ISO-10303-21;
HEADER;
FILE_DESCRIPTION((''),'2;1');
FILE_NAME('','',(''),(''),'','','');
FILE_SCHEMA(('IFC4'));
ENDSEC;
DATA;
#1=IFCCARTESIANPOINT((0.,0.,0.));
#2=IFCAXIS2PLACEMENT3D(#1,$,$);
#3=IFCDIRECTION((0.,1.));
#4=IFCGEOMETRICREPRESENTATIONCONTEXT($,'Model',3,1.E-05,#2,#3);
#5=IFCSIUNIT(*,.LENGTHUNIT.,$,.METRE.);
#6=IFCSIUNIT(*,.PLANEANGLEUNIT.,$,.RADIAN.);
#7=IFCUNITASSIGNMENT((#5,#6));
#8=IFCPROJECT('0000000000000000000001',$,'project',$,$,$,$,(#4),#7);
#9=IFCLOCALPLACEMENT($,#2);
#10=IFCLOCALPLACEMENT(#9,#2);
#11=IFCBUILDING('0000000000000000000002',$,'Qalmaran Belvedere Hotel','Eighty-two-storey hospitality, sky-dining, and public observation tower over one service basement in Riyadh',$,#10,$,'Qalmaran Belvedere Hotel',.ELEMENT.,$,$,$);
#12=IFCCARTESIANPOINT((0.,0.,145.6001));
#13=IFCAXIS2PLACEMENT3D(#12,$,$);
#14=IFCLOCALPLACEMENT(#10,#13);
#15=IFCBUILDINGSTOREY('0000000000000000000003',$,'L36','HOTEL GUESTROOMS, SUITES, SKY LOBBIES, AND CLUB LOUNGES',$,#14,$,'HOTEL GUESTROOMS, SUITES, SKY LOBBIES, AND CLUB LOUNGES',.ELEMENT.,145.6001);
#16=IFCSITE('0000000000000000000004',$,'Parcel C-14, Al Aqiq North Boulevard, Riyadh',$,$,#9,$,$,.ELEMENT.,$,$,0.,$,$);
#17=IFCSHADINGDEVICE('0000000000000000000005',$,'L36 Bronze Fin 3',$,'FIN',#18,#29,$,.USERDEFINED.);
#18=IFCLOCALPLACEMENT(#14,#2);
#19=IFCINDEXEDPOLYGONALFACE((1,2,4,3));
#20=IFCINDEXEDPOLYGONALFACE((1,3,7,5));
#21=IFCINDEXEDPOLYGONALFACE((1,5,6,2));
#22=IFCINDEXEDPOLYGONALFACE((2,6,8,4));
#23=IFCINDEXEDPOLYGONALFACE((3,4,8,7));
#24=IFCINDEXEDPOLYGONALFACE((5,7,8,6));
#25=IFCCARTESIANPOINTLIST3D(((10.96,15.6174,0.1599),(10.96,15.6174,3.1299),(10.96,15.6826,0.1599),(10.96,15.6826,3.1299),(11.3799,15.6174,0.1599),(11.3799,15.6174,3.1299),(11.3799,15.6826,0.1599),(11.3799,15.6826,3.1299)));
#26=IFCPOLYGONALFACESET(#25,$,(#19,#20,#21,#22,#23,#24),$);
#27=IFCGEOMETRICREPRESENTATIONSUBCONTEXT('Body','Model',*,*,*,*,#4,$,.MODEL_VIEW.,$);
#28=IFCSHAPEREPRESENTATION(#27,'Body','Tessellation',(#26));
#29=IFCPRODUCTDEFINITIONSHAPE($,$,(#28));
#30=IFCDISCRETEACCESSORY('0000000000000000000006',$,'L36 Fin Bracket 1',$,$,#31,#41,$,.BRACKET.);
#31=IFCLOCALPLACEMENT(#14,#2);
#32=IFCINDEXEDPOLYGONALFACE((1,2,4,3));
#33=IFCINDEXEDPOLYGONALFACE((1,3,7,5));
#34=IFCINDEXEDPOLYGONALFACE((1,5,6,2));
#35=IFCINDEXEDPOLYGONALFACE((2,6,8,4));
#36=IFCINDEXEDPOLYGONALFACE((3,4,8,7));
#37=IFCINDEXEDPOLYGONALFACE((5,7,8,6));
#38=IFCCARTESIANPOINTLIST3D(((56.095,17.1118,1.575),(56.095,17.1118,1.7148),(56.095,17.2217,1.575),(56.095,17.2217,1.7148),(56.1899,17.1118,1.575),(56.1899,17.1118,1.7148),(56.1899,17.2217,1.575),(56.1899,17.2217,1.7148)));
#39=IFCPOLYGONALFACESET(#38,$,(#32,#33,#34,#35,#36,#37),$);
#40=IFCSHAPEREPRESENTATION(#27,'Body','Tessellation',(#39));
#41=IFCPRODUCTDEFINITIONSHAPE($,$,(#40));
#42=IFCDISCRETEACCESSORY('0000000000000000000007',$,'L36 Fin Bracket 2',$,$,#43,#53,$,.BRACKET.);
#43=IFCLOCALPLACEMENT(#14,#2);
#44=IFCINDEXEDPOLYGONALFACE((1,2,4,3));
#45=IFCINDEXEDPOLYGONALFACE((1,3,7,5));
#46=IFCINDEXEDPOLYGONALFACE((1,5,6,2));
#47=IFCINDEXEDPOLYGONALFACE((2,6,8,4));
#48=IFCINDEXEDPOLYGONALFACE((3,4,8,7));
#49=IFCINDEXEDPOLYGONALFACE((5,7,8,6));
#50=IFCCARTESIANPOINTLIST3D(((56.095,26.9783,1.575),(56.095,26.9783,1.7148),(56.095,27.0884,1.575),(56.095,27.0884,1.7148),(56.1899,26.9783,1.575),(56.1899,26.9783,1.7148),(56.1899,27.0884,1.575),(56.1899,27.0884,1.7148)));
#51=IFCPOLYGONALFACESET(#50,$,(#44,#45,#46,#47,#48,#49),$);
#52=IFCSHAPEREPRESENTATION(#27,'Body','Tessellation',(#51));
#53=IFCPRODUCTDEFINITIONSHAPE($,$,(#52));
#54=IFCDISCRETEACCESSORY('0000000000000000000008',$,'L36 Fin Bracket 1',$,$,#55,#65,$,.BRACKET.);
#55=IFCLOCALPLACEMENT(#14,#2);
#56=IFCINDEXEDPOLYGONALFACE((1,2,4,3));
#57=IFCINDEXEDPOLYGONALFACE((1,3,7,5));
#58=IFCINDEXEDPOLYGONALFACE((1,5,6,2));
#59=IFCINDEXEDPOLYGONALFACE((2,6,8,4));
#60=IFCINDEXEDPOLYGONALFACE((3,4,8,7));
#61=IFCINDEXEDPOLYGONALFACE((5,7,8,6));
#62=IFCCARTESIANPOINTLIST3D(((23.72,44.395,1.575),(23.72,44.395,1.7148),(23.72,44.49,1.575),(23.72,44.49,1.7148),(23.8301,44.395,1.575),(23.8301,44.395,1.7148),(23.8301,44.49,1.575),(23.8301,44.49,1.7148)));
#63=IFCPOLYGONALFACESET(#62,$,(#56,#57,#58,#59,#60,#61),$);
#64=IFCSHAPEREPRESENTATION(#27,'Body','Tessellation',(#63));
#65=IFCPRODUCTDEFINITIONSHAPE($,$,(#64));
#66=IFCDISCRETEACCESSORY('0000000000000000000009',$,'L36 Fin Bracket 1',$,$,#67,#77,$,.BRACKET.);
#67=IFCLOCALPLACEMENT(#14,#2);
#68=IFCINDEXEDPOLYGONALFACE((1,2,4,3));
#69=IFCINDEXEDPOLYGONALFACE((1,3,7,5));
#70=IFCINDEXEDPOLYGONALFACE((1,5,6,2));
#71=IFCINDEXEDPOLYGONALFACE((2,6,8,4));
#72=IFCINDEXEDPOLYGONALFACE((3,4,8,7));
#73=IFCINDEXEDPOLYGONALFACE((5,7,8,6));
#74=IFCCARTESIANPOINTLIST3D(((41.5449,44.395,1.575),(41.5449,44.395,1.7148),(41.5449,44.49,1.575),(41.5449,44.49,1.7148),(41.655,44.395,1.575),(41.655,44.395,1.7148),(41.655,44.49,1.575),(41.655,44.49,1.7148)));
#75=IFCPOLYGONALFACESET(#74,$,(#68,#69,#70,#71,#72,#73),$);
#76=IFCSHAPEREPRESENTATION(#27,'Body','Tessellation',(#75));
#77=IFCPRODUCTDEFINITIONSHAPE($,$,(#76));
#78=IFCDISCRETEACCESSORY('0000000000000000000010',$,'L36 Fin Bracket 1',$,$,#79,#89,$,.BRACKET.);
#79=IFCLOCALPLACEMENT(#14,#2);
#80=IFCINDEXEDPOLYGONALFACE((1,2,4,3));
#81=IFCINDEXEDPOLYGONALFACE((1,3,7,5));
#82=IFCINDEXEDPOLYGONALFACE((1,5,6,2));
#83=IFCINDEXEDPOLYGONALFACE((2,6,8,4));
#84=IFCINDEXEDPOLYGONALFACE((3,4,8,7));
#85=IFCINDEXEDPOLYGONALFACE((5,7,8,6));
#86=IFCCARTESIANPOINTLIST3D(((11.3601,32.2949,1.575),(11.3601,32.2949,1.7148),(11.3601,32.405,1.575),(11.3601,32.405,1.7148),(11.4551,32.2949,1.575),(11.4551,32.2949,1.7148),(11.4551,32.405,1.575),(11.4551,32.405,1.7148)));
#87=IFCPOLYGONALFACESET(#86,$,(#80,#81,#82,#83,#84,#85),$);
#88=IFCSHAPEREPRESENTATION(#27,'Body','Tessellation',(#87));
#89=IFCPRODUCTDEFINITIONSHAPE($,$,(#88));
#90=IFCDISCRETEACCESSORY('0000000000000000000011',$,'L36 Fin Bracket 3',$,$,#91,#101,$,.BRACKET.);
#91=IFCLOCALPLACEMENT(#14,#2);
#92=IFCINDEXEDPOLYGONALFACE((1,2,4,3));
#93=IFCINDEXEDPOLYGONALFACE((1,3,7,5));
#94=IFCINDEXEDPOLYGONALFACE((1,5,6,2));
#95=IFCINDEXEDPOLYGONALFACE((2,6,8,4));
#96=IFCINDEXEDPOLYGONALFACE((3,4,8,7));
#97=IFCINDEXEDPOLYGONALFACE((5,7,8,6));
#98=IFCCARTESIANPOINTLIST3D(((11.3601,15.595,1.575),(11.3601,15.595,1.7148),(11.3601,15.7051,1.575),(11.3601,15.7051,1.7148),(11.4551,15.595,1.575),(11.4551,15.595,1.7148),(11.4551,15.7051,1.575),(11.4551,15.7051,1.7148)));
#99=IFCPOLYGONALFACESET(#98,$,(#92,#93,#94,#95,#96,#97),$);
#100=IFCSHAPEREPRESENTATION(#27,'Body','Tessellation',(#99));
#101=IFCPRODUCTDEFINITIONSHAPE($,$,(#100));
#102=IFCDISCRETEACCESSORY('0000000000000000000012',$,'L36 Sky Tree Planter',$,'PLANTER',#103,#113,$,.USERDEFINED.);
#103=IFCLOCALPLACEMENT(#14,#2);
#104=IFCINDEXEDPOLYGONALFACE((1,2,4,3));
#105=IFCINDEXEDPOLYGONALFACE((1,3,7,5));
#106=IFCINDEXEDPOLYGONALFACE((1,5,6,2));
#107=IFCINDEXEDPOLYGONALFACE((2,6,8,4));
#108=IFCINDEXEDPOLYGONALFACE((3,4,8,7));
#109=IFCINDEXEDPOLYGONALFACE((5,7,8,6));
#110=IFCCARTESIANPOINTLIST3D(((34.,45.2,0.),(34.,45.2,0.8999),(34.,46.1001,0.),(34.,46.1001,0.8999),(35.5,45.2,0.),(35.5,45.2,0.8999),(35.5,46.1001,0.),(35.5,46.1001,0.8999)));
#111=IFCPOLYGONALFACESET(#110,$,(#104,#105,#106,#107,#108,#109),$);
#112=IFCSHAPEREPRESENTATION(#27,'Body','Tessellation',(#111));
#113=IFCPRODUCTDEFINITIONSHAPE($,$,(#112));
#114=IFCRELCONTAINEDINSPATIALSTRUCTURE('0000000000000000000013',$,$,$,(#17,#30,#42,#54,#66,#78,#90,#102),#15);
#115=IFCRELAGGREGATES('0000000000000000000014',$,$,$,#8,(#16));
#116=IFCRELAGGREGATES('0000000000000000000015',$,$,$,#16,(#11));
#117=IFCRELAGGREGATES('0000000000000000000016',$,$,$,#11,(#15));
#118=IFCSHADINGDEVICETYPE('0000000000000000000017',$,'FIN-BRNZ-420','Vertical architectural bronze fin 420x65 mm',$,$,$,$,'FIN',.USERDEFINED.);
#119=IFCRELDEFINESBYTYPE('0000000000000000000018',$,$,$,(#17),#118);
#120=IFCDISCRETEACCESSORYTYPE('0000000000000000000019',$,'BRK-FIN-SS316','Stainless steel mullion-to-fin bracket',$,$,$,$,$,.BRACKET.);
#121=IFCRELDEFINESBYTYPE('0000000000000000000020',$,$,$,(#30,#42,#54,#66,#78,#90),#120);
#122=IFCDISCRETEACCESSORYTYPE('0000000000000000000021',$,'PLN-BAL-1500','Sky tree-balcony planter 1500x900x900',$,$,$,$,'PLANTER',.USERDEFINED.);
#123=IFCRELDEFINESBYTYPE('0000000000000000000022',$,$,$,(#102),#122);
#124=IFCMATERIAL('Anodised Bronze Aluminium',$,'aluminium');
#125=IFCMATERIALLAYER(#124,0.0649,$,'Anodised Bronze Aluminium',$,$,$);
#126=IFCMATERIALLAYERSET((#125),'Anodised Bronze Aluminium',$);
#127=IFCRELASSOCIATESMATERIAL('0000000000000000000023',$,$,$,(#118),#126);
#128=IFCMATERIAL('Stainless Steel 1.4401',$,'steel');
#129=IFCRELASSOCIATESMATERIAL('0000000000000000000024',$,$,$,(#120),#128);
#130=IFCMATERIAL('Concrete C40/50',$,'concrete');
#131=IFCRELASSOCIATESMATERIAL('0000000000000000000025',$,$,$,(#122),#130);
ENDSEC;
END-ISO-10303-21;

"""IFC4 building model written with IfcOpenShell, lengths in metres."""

from ifc_helpers import new_model, si_unit, direction, frame, origin, place, context, subcontext, project, spatial, polyline, outline, extrude, material, layer, layer_set, type_object, element, save


model = new_model("IFC4")

# Units and contexts
model_context = context("Model", 3, precision=1e-05, world=origin(), true_north=direction((0.0, 1.0)))
body_context = subcontext(model_context, "Body", "Model", "MODEL_VIEW")
ifc_project = project(units=[si_unit("LENGTHUNIT", "METRE"), si_unit("PLANEANGLEUNIT", "RADIAN")], contexts=[model_context])

# Site, building, storey
site_placement = place(None, origin())
site = spatial("IfcSite", under=ifc_project, at=site_placement, Name="Parcel C-14, Al Aqiq North Boulevard, Riyadh", CompositionType="ELEMENT", RefElevation=0.0)
building_placement = place(site_placement, origin())
building = spatial("IfcBuilding", under=site, at=building_placement, Name="Qalmaran Belvedere Hotel", Description="Eighty-two-storey hospitality, sky-dining, and public observation tower over one service basement in Riyadh", LongName="Qalmaran Belvedere Hotel", CompositionType="ELEMENT")
storey_placement = place(building_placement, frame((0.0, 0.0, 145.6001)))
storey = spatial("IfcBuildingStorey", under=building, at=storey_placement, Name="L36", Description="HOTEL GUESTROOMS, SUITES, SKY LOBBIES, AND CLUB LOUNGES", LongName="HOTEL GUESTROOMS, SUITES, SKY LOBBIES, AND CLUB LOUNGES", CompositionType="ELEMENT", Elevation=145.6001)

# Shared definitions
ifc_material_1 = material(Name="Anodised Bronze Aluminium", Category="aluminium")

# Shared definitions
ifc_material_2 = material(Name="Concrete C40/50", Category="concrete")

# Shading device
ifc_layer_1 = layer(ifc_material_1, 0.0649, Name="Anodised Bronze Aluminium")
ifc_layer_set_1 = layer_set([ifc_layer_1], Name="Anodised Bronze Aluminium")
shading_device_type = type_object("IfcShadingDeviceType", Name="FIN-BRNZ-420", Description="Vertical architectural bronze fin 420x65 mm", ElementType="FIN", PredefinedType="USERDEFINED", material=ifc_layer_set_1)
shading_device_1_placement = place(storey_placement, frame((0.0, 0.0, 0.1599)))
element("IfcShadingDevice", 1, at=shading_device_1_placement, inside=storey, type_object=shading_device_type, Name="L36 Bronze Fin 3", ObjectType="FIN", PredefinedType="USERDEFINED", context=body_context, shape_type="SweptSolid", body=[
    extrude(outline(polyline([(11.3799, 15.6826), (10.96, 15.6826), (10.96, 15.6174), (11.3799, 15.6174), (11.3799, 15.6826)])), origin(), (0.0, 0.0, 1.0), 2.97),
])

# Discrete accessories
ifc_material_3 = material(Name="Stainless Steel 1.4401", Category="steel")
discrete_accessory_type_1 = type_object("IfcDiscreteAccessoryType", Name="BRK-FIN-SS316", Description="Stainless steel mullion-to-fin bracket", PredefinedType="BRACKET", material=ifc_material_3)
discrete_accessory_1_placement = place(storey_placement, frame((0.0, 0.0, 1.575)))
element("IfcDiscreteAccessory", 2, at=discrete_accessory_1_placement, inside=storey, type_object=discrete_accessory_type_1, Name="L36 Fin Bracket 1", PredefinedType="BRACKET", context=body_context, shape_type="SweptSolid", body=[
    extrude(outline(polyline([(56.095, 17.1118), (56.1899, 17.1118), (56.1899, 17.2217), (56.095, 17.2217), (56.095, 17.1118)])), origin(), (0.0, 0.0, 1.0), 0.1399),
])
discrete_accessory_2_placement = place(storey_placement, frame((0.0, 0.0, 1.575)))
element("IfcDiscreteAccessory", 3, at=discrete_accessory_2_placement, inside=storey, type_object=discrete_accessory_type_1, Name="L36 Fin Bracket 2", PredefinedType="BRACKET", context=body_context, shape_type="SweptSolid", body=[
    extrude(outline(polyline([(56.095, 26.9783), (56.1899, 26.9783), (56.1899, 27.0884), (56.095, 27.0884), (56.095, 26.9783)])), origin(), (0.0, 0.0, 1.0), 0.1399),
])
discrete_accessory_3_placement = place(storey_placement, frame((0.0, 0.0, 1.575)))
element("IfcDiscreteAccessory", 4, at=discrete_accessory_3_placement, inside=storey, type_object=discrete_accessory_type_1, Name="L36 Fin Bracket 1", PredefinedType="BRACKET", context=body_context, shape_type="SweptSolid", body=[
    extrude(outline(polyline([(23.8301, 44.395), (23.8301, 44.49), (23.72, 44.49), (23.72, 44.395), (23.8301, 44.395)])), origin(), (0.0, 0.0, 1.0), 0.1399),
])
discrete_accessory_4_placement = place(storey_placement, frame((0.0, 0.0, 1.575)))
element("IfcDiscreteAccessory", 5, at=discrete_accessory_4_placement, inside=storey, type_object=discrete_accessory_type_1, Name="L36 Fin Bracket 1", PredefinedType="BRACKET", context=body_context, shape_type="SweptSolid", body=[
    extrude(outline(polyline([(41.655, 44.395), (41.655, 44.49), (41.5449, 44.49), (41.5449, 44.395), (41.655, 44.395)])), origin(), (0.0, 0.0, 1.0), 0.1399),
])
discrete_accessory_5_placement = place(storey_placement, frame((0.0, 0.0, 1.575)))
element("IfcDiscreteAccessory", 6, at=discrete_accessory_5_placement, inside=storey, type_object=discrete_accessory_type_1, Name="L36 Fin Bracket 1", PredefinedType="BRACKET", context=body_context, shape_type="SweptSolid", body=[
    extrude(outline(polyline([(11.4551, 32.405), (11.3601, 32.405), (11.3601, 32.2949), (11.4551, 32.2949), (11.4551, 32.405)])), origin(), (0.0, 0.0, 1.0), 0.1399),
])
discrete_accessory_6_placement = place(storey_placement, frame((0.0, 0.0, 1.575)))
element("IfcDiscreteAccessory", 7, at=discrete_accessory_6_placement, inside=storey, type_object=discrete_accessory_type_1, Name="L36 Fin Bracket 3", PredefinedType="BRACKET", context=body_context, shape_type="SweptSolid", body=[
    extrude(outline(polyline([(11.4551, 15.7051), (11.3601, 15.7051), (11.3601, 15.595), (11.4551, 15.595), (11.4551, 15.7051)])), origin(), (0.0, 0.0, 1.0), 0.1399),
])
discrete_accessory_type_2 = type_object("IfcDiscreteAccessoryType", Name="PLN-BAL-1500", Description="Sky tree-balcony planter 1500x900x900", ElementType="PLANTER", PredefinedType="USERDEFINED", material=ifc_material_2)
discrete_accessory_7_placement = place(storey_placement, origin())
element("IfcDiscreteAccessory", 8, at=discrete_accessory_7_placement, inside=storey, type_object=discrete_accessory_type_2, Name="L36 Sky Tree Planter", ObjectType="PLANTER", PredefinedType="USERDEFINED", context=body_context, shape_type="SweptSolid", body=[
    extrude(outline(polyline([(34.0, 45.2), (35.5, 45.2), (35.5, 46.1001), (34.0, 46.1001), (34.0, 45.2)])), origin(), (0.0, 0.0, 1.0), 0.8999),
])

save(model, "model.ifc")
